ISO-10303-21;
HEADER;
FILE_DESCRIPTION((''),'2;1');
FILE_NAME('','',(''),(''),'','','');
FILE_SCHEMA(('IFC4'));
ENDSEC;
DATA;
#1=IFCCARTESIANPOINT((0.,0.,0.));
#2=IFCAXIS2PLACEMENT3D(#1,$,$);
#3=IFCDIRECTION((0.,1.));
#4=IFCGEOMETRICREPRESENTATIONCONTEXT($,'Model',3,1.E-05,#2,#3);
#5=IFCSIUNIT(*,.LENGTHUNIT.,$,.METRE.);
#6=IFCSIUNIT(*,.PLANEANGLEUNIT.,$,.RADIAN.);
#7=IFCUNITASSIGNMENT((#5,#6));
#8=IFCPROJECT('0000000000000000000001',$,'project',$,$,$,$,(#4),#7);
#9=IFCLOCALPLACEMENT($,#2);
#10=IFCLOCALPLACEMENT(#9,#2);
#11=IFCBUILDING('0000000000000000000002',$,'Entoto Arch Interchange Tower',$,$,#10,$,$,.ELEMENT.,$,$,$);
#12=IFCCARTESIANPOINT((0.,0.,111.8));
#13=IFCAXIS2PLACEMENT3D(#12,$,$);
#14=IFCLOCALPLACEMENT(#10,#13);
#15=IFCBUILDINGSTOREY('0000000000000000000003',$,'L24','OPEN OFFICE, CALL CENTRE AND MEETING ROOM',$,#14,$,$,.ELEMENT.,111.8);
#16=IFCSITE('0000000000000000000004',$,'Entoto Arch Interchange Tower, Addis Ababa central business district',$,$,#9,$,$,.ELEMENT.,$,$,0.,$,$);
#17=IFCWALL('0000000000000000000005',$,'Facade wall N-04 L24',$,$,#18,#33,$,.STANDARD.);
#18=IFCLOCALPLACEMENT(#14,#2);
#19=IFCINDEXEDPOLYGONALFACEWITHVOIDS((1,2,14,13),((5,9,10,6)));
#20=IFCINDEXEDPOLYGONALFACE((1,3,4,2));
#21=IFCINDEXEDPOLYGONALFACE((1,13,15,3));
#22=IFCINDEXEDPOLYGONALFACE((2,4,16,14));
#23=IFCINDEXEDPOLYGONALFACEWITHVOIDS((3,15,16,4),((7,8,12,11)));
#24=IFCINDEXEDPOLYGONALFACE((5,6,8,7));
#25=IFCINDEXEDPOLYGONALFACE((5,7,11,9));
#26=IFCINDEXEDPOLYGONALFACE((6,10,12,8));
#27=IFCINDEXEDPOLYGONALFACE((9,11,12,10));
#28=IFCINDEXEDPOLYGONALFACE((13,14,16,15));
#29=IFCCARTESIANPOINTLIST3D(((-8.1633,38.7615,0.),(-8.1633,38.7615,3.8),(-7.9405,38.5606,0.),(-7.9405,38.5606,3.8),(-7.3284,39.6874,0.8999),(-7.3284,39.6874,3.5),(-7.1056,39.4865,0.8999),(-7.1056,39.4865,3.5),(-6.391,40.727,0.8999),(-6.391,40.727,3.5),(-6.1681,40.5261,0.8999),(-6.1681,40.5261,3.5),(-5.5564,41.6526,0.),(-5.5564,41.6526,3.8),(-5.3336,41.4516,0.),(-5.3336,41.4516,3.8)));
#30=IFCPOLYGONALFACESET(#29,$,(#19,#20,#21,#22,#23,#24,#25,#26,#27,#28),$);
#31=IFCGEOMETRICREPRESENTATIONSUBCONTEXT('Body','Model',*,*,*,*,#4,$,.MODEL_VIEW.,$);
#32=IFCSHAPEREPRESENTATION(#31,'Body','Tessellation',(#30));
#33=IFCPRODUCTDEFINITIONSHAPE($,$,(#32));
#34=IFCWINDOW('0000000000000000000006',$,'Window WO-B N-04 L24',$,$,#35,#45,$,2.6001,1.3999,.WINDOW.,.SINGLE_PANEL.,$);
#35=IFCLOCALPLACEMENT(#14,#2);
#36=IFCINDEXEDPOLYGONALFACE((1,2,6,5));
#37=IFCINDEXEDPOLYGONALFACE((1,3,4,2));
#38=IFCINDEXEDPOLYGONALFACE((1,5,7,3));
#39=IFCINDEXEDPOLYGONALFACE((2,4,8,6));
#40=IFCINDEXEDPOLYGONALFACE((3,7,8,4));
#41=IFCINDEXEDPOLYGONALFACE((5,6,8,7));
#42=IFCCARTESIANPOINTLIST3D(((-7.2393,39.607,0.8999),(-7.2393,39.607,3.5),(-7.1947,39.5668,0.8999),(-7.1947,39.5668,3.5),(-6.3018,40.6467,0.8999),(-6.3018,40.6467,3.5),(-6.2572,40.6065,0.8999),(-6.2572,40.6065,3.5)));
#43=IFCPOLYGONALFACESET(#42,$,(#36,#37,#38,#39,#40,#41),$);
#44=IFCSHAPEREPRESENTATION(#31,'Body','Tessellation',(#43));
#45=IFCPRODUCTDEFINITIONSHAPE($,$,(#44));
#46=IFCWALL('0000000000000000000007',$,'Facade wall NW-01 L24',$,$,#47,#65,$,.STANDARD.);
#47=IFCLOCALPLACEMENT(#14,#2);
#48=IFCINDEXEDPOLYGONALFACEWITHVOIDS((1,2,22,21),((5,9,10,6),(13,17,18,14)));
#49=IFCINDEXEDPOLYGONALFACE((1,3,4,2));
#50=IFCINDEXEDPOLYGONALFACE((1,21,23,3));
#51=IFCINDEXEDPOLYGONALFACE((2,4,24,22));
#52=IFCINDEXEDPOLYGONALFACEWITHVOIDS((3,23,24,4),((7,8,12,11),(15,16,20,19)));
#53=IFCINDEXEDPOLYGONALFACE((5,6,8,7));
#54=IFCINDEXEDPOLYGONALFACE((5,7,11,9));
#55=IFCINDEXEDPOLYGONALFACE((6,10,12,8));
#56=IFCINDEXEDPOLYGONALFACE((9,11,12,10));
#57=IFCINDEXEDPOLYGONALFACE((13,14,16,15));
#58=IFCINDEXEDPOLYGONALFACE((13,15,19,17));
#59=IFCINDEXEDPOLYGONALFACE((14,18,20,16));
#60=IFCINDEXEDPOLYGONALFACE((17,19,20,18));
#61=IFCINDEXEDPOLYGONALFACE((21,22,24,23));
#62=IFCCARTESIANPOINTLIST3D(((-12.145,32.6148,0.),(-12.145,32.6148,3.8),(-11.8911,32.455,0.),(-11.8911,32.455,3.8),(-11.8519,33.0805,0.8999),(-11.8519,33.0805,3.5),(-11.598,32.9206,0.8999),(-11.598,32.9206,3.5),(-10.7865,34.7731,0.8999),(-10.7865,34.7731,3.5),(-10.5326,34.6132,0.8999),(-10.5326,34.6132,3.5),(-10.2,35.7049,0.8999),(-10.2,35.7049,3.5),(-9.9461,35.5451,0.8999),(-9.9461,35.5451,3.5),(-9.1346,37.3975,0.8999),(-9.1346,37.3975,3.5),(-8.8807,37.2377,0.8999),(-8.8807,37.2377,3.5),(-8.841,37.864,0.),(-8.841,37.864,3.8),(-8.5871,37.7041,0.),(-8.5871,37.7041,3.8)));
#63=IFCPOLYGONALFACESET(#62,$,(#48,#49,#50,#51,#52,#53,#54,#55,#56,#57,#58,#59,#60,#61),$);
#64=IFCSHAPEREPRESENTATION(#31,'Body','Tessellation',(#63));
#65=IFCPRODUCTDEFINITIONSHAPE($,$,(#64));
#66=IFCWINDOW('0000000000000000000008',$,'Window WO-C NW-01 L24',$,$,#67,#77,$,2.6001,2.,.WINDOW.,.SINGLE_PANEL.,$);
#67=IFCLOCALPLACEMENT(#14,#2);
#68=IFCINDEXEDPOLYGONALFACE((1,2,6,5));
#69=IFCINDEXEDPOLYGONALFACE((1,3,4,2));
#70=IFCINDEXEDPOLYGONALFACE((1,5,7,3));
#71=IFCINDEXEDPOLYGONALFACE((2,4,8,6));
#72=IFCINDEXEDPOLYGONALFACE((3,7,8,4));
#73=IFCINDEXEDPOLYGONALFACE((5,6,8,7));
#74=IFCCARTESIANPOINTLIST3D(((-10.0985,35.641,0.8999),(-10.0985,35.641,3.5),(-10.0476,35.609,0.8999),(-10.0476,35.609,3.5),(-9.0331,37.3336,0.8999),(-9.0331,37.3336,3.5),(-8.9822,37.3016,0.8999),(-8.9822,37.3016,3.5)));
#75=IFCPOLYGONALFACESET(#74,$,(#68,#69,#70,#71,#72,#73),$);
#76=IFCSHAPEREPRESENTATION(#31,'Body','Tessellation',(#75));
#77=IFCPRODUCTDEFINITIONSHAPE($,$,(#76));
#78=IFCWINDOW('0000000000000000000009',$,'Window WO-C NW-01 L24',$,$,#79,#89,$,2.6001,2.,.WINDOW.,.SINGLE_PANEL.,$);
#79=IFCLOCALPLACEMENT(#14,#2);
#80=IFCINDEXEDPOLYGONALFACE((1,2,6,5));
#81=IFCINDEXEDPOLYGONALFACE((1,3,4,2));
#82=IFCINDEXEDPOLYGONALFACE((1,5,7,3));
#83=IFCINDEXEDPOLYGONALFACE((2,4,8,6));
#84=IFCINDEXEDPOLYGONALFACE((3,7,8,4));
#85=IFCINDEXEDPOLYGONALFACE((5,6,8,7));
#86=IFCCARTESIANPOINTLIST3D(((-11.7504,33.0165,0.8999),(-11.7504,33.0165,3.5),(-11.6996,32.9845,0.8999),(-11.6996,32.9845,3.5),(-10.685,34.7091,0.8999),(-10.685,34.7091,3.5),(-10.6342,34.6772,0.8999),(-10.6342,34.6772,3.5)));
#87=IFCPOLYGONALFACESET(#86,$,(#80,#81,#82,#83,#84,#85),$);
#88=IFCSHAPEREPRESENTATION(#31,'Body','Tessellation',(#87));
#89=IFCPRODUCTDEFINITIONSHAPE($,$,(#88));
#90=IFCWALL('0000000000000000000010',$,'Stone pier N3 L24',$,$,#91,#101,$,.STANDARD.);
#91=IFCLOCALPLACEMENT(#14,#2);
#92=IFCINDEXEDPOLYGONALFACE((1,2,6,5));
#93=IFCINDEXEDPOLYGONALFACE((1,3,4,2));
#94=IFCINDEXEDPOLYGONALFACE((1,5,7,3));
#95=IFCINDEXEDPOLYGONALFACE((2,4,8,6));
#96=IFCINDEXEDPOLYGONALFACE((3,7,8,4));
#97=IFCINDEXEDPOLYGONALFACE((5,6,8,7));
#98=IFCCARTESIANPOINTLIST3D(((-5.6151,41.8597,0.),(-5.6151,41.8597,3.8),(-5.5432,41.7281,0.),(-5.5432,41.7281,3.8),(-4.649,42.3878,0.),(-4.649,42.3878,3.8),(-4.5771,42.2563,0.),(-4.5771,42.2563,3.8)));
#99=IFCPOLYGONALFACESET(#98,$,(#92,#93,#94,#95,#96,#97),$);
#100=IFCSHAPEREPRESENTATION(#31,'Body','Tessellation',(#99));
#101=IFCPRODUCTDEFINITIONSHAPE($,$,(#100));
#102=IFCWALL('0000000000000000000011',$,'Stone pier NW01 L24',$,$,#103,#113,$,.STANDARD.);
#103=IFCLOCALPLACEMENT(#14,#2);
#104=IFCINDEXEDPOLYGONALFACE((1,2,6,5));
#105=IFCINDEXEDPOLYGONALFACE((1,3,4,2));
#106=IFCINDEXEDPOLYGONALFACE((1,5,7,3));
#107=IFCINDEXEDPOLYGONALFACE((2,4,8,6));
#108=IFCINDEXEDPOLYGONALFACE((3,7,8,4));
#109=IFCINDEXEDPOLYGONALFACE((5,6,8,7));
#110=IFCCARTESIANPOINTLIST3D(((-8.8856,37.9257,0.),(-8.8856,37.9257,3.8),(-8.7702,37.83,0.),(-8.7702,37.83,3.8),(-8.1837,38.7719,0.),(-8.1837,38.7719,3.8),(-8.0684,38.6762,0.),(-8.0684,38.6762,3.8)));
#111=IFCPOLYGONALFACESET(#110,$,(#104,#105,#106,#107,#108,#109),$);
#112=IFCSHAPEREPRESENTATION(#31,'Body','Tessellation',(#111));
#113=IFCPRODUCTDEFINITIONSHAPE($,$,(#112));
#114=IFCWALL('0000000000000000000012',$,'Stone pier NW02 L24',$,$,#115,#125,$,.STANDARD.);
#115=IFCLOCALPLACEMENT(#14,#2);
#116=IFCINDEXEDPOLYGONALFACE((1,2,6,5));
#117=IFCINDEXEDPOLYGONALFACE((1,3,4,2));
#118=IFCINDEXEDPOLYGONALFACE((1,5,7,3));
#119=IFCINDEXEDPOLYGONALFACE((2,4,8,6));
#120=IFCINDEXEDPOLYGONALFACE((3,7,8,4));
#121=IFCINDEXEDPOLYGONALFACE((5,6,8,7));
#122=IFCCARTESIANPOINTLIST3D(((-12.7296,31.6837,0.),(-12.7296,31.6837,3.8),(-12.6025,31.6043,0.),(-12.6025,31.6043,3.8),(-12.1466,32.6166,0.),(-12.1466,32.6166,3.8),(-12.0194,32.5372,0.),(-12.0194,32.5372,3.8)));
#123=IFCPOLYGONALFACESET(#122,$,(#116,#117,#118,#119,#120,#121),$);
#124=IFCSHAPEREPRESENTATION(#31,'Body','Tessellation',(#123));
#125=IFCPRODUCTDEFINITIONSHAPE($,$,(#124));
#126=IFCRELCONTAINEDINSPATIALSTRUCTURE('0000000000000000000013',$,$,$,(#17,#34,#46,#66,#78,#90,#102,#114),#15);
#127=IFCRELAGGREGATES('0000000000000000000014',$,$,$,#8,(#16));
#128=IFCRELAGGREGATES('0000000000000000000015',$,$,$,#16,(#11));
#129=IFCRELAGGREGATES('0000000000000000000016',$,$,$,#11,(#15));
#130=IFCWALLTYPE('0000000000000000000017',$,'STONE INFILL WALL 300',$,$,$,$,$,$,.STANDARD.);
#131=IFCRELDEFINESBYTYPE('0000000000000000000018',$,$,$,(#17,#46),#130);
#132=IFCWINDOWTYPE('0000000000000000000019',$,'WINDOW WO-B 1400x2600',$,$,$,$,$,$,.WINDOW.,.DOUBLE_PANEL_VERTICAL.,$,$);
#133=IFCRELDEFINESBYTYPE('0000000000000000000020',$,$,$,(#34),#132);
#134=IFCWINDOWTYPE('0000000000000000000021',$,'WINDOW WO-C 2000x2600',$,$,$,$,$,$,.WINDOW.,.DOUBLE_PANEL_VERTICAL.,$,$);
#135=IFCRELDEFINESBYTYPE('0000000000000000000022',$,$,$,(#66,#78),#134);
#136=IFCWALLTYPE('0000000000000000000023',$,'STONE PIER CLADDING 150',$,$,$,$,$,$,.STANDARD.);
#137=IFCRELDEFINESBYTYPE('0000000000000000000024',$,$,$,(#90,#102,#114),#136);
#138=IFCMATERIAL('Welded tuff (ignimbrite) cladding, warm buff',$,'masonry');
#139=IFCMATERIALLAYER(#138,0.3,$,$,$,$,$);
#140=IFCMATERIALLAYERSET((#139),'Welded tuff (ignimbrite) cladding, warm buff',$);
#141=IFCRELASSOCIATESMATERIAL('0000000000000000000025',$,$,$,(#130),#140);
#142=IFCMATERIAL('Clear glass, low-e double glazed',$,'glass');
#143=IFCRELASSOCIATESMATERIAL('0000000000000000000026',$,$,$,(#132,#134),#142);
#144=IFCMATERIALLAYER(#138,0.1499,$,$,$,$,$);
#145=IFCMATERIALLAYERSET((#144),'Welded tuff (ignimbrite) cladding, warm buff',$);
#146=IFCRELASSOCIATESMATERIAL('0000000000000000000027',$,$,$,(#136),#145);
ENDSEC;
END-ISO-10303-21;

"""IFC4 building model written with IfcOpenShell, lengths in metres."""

from ifc_helpers import new_model, si_unit, direction, frame, frame_2d, origin, place, context, subcontext, project, spatial, rectangle, extrude, material, layer, layer_set, type_object, element, fill, save


model = new_model("IFC4")

# Units and contexts
model_context = context("Model", 3, precision=1e-05, world=origin(), true_north=direction((0.0, 1.0)))
body_context = subcontext(model_context, "Body", "Model", "MODEL_VIEW")
ifc_project = project(units=[si_unit("LENGTHUNIT", "METRE"), si_unit("PLANEANGLEUNIT", "RADIAN")], contexts=[model_context])

# Site, building, storey
site_placement = place(None, origin())
site = spatial("IfcSite", under=ifc_project, at=site_placement, Name="Entoto Arch Interchange Tower, Addis Ababa central business district", CompositionType="ELEMENT", RefElevation=0.0)
building_placement = place(site_placement, origin())
building = spatial("IfcBuilding", under=site, at=building_placement, Name="Entoto Arch Interchange Tower", CompositionType="ELEMENT")
storey_placement = place(building_placement, frame((0.0, 0.0, 111.8)))
storey = spatial("IfcBuildingStorey", under=building, at=storey_placement, Name="L24", Description="OPEN OFFICE, CALL CENTRE AND MEETING ROOM", CompositionType="ELEMENT", Elevation=111.8)

# Wall, opening, window
ifc_material_1 = material(Name="Welded tuff (ignimbrite) cladding, warm buff", Category="masonry")
ifc_layer_1 = layer(ifc_material_1, 0.3)
ifc_layer_set_1 = layer_set([ifc_layer_1], Name="Welded tuff (ignimbrite) cladding, warm buff")
wall_type_1 = type_object("IfcWallType", Name="STONE INFILL WALL 300", PredefinedType="STANDARD", material=ifc_layer_set_1)
ifc_material_2 = material(Name="Clear glass, low-e double glazed", Category="glass")
window_type_1 = type_object("IfcWindowType", Name="WINDOW WO-B 1400x2600", PartitioningType="DOUBLE_PANEL_VERTICAL", PredefinedType="WINDOW", material=ifc_material_2)
wall_1_placement = place(storey_placement, frame((-5.4451, 41.552, 0.0), z_axis=(0.0, 0.0, 1.0), x_axis=(-0.669664, -0.742664, 0.0)))
wall_1 = element("IfcWall", 1, at=wall_1_placement, inside=storey, type_object=wall_type_1, Name="Facade wall N-04 L24", PredefinedType="STANDARD", context=body_context, shape_type="SweptSolid", body=[
    extrude(rectangle(XDim=3.8928, YDim=0.3, at=frame_2d((1.9463, 0.0))), origin(), (0.0, 0.0, 1.0), 3.8),
])
opening_1_placement = place(wall_1_placement, frame((1.2461, 0.0, 0.8999)))
opening_1 = element("IfcOpeningElement", 2, at=opening_1_placement, cuts=wall_1, PredefinedType="OPENING", context=body_context, shape_type="SweptSolid", body=[
    extrude(rectangle(XDim=1.3999, YDim=2.6001, at=frame_2d((0.7, 1.3))), frame((0.0, 0.1602, 0.0), z_axis=(0.0, -1.0, 0.0), x_axis=(1.0, 0.0, 0.0)), (0.0, 0.0, 1.0), 0.3201),
])
window_1_placement = place(opening_1_placement, origin())
window_1 = element("IfcWindow", 3, at=window_1_placement, inside=storey, type_object=window_type_1, Name="Window WO-B N-04 L24", OverallHeight=2.6001, OverallWidth=1.3999, PartitioningType="SINGLE_PANEL", PredefinedType="WINDOW", context=body_context, shape_type="SweptSolid", body=[
    extrude(rectangle(XDim=1.3999, YDim=2.6001, at=frame_2d((0.7, 1.3))), frame((0.0, 0.03, 0.0), z_axis=(0.0, -1.0, 0.0), x_axis=(1.0, 0.0, 0.0)), (0.0, 0.0, 1.0), 0.0601),
])
fill(opening_1, window_1)

# Wall, openings, windows
wall_2_placement = place(storey_placement, frame((-8.7141, 37.7839, 0.0), z_axis=(0.0, 0.0, 1.0), x_axis=(-0.532699, -0.846304, 0.0)))
wall_2 = element("IfcWall", 4, at=wall_2_placement, inside=storey, type_object=wall_type_1, Name="Facade wall NW-01 L24", PredefinedType="STANDARD", context=body_context, shape_type="SweptSolid", body=[
    extrude(rectangle(XDim=6.2024, YDim=0.3, at=frame_2d((3.1011, 0.0))), origin(), (0.0, 0.0, 1.0), 3.8),
])
opening_2_placement = place(wall_2_placement, frame((0.551, 0.0, 0.8999)))
opening_2 = element("IfcOpeningElement", 5, at=opening_2_placement, cuts=wall_2, PredefinedType="OPENING", context=body_context, shape_type="SweptSolid", body=[
    extrude(rectangle(XDim=2.0, YDim=2.6001, at=frame_2d((1.0, 1.3))), frame((0.0, 0.1602, 0.0), z_axis=(0.0, -1.0, 0.0), x_axis=(1.0, 0.0, 0.0)), (0.0, 0.0, 1.0), 0.3201),
])
opening_3_placement = place(wall_2_placement, frame((3.6521, 0.0, 0.8999)))
opening_3 = element("IfcOpeningElement", 6, at=opening_3_placement, cuts=wall_2, PredefinedType="OPENING", context=body_context, shape_type="SweptSolid", body=[
    extrude(rectangle(XDim=2.0, YDim=2.6001, at=frame_2d((1.0, 1.3))), frame((0.0, 0.1602, 0.0), z_axis=(0.0, -1.0, 0.0), x_axis=(1.0, 0.0, 0.0)), (0.0, 0.0, 1.0), 0.3201),
])
window_type_2 = type_object("IfcWindowType", Name="WINDOW WO-C 2000x2600", PartitioningType="DOUBLE_PANEL_VERTICAL", PredefinedType="WINDOW", material=ifc_material_2)
window_2_placement = place(opening_2_placement, origin())
window_2 = element("IfcWindow", 7, at=window_2_placement, inside=storey, type_object=window_type_2, Name="Window WO-C NW-01 L24", OverallHeight=2.6001, OverallWidth=2.0, PartitioningType="SINGLE_PANEL", PredefinedType="WINDOW", context=body_context, shape_type="SweptSolid", body=[
    extrude(rectangle(XDim=2.0, YDim=2.6001, at=frame_2d((1.0, 1.3))), frame((0.0, 0.03, 0.0), z_axis=(0.0, -1.0, 0.0), x_axis=(1.0, 0.0, 0.0)), (0.0, 0.0, 1.0), 0.0601),
])
fill(opening_2, window_2)
window_3_placement = place(opening_3_placement, origin())
window_3 = element("IfcWindow", 8, at=window_3_placement, inside=storey, type_object=window_type_2, Name="Window WO-C NW-01 L24", OverallHeight=2.6001, OverallWidth=2.0, PartitioningType="SINGLE_PANEL", PredefinedType="WINDOW", context=body_context, shape_type="SweptSolid", body=[
    extrude(rectangle(XDim=2.0, YDim=2.6001, at=frame_2d((1.0, 1.3))), frame((0.0, 0.03, 0.0), z_axis=(0.0, -1.0, 0.0), x_axis=(1.0, 0.0, 0.0)), (0.0, 0.0, 1.0), 0.0601),
])
fill(opening_3, window_3)

# Walls
ifc_layer_2 = layer(ifc_material_1, 0.1499)
ifc_layer_set_2 = layer_set([ifc_layer_2], Name="Welded tuff (ignimbrite) cladding, warm buff")
wall_type_2 = type_object("IfcWallType", Name="STONE PIER CLADDING 150", PredefinedType="STANDARD", material=ifc_layer_set_2)
wall_3_placement = place(storey_placement, frame((-4.613, 42.322, 0.0), z_axis=(0.0, 0.0, 1.0), x_axis=(-0.877463, -0.479644, 0.0)))
element("IfcWall", 9, at=wall_3_placement, inside=storey, type_object=wall_type_2, Name="Stone pier N3 L24", PredefinedType="STANDARD", context=body_context, shape_type="SweptSolid", body=[
    extrude(rectangle(XDim=1.1011, YDim=0.1499, at=frame_2d((0.5505, 0.0))), origin(), (0.0, 0.0, 1.0), 3.8),
])
wall_4_placement = place(storey_placement, frame((-8.126, 38.7241, 0.0), z_axis=(0.0, 0.0, 1.0), x_axis=(-0.638435, -0.769675, 0.0)))
element("IfcWall", 10, at=wall_4_placement, inside=storey, type_object=wall_type_2, Name="Stone pier NW01 L24", PredefinedType="STANDARD", context=body_context, shape_type="SweptSolid", body=[
    extrude(rectangle(XDim=1.0994, YDim=0.1499, at=frame_2d((0.5498, 0.0))), origin(), (0.0, 0.0, 1.0), 3.8),
])
wall_5_placement = place(storey_placement, frame((-12.083, 32.5769, 0.0), z_axis=(0.0, 0.0, 1.0), x_axis=(-0.529979, -0.848011, 0.0)))
element("IfcWall", 11, at=wall_5_placement, inside=storey, type_object=wall_type_2, Name="Stone pier NW02 L24", PredefinedType="STANDARD", context=body_context, shape_type="SweptSolid", body=[
    extrude(rectangle(XDim=1.1001, YDim=0.1499, at=frame_2d((0.55, 0.0))), origin(), (0.0, 0.0, 1.0), 3.8),
])

save(model, "model.ifc")
